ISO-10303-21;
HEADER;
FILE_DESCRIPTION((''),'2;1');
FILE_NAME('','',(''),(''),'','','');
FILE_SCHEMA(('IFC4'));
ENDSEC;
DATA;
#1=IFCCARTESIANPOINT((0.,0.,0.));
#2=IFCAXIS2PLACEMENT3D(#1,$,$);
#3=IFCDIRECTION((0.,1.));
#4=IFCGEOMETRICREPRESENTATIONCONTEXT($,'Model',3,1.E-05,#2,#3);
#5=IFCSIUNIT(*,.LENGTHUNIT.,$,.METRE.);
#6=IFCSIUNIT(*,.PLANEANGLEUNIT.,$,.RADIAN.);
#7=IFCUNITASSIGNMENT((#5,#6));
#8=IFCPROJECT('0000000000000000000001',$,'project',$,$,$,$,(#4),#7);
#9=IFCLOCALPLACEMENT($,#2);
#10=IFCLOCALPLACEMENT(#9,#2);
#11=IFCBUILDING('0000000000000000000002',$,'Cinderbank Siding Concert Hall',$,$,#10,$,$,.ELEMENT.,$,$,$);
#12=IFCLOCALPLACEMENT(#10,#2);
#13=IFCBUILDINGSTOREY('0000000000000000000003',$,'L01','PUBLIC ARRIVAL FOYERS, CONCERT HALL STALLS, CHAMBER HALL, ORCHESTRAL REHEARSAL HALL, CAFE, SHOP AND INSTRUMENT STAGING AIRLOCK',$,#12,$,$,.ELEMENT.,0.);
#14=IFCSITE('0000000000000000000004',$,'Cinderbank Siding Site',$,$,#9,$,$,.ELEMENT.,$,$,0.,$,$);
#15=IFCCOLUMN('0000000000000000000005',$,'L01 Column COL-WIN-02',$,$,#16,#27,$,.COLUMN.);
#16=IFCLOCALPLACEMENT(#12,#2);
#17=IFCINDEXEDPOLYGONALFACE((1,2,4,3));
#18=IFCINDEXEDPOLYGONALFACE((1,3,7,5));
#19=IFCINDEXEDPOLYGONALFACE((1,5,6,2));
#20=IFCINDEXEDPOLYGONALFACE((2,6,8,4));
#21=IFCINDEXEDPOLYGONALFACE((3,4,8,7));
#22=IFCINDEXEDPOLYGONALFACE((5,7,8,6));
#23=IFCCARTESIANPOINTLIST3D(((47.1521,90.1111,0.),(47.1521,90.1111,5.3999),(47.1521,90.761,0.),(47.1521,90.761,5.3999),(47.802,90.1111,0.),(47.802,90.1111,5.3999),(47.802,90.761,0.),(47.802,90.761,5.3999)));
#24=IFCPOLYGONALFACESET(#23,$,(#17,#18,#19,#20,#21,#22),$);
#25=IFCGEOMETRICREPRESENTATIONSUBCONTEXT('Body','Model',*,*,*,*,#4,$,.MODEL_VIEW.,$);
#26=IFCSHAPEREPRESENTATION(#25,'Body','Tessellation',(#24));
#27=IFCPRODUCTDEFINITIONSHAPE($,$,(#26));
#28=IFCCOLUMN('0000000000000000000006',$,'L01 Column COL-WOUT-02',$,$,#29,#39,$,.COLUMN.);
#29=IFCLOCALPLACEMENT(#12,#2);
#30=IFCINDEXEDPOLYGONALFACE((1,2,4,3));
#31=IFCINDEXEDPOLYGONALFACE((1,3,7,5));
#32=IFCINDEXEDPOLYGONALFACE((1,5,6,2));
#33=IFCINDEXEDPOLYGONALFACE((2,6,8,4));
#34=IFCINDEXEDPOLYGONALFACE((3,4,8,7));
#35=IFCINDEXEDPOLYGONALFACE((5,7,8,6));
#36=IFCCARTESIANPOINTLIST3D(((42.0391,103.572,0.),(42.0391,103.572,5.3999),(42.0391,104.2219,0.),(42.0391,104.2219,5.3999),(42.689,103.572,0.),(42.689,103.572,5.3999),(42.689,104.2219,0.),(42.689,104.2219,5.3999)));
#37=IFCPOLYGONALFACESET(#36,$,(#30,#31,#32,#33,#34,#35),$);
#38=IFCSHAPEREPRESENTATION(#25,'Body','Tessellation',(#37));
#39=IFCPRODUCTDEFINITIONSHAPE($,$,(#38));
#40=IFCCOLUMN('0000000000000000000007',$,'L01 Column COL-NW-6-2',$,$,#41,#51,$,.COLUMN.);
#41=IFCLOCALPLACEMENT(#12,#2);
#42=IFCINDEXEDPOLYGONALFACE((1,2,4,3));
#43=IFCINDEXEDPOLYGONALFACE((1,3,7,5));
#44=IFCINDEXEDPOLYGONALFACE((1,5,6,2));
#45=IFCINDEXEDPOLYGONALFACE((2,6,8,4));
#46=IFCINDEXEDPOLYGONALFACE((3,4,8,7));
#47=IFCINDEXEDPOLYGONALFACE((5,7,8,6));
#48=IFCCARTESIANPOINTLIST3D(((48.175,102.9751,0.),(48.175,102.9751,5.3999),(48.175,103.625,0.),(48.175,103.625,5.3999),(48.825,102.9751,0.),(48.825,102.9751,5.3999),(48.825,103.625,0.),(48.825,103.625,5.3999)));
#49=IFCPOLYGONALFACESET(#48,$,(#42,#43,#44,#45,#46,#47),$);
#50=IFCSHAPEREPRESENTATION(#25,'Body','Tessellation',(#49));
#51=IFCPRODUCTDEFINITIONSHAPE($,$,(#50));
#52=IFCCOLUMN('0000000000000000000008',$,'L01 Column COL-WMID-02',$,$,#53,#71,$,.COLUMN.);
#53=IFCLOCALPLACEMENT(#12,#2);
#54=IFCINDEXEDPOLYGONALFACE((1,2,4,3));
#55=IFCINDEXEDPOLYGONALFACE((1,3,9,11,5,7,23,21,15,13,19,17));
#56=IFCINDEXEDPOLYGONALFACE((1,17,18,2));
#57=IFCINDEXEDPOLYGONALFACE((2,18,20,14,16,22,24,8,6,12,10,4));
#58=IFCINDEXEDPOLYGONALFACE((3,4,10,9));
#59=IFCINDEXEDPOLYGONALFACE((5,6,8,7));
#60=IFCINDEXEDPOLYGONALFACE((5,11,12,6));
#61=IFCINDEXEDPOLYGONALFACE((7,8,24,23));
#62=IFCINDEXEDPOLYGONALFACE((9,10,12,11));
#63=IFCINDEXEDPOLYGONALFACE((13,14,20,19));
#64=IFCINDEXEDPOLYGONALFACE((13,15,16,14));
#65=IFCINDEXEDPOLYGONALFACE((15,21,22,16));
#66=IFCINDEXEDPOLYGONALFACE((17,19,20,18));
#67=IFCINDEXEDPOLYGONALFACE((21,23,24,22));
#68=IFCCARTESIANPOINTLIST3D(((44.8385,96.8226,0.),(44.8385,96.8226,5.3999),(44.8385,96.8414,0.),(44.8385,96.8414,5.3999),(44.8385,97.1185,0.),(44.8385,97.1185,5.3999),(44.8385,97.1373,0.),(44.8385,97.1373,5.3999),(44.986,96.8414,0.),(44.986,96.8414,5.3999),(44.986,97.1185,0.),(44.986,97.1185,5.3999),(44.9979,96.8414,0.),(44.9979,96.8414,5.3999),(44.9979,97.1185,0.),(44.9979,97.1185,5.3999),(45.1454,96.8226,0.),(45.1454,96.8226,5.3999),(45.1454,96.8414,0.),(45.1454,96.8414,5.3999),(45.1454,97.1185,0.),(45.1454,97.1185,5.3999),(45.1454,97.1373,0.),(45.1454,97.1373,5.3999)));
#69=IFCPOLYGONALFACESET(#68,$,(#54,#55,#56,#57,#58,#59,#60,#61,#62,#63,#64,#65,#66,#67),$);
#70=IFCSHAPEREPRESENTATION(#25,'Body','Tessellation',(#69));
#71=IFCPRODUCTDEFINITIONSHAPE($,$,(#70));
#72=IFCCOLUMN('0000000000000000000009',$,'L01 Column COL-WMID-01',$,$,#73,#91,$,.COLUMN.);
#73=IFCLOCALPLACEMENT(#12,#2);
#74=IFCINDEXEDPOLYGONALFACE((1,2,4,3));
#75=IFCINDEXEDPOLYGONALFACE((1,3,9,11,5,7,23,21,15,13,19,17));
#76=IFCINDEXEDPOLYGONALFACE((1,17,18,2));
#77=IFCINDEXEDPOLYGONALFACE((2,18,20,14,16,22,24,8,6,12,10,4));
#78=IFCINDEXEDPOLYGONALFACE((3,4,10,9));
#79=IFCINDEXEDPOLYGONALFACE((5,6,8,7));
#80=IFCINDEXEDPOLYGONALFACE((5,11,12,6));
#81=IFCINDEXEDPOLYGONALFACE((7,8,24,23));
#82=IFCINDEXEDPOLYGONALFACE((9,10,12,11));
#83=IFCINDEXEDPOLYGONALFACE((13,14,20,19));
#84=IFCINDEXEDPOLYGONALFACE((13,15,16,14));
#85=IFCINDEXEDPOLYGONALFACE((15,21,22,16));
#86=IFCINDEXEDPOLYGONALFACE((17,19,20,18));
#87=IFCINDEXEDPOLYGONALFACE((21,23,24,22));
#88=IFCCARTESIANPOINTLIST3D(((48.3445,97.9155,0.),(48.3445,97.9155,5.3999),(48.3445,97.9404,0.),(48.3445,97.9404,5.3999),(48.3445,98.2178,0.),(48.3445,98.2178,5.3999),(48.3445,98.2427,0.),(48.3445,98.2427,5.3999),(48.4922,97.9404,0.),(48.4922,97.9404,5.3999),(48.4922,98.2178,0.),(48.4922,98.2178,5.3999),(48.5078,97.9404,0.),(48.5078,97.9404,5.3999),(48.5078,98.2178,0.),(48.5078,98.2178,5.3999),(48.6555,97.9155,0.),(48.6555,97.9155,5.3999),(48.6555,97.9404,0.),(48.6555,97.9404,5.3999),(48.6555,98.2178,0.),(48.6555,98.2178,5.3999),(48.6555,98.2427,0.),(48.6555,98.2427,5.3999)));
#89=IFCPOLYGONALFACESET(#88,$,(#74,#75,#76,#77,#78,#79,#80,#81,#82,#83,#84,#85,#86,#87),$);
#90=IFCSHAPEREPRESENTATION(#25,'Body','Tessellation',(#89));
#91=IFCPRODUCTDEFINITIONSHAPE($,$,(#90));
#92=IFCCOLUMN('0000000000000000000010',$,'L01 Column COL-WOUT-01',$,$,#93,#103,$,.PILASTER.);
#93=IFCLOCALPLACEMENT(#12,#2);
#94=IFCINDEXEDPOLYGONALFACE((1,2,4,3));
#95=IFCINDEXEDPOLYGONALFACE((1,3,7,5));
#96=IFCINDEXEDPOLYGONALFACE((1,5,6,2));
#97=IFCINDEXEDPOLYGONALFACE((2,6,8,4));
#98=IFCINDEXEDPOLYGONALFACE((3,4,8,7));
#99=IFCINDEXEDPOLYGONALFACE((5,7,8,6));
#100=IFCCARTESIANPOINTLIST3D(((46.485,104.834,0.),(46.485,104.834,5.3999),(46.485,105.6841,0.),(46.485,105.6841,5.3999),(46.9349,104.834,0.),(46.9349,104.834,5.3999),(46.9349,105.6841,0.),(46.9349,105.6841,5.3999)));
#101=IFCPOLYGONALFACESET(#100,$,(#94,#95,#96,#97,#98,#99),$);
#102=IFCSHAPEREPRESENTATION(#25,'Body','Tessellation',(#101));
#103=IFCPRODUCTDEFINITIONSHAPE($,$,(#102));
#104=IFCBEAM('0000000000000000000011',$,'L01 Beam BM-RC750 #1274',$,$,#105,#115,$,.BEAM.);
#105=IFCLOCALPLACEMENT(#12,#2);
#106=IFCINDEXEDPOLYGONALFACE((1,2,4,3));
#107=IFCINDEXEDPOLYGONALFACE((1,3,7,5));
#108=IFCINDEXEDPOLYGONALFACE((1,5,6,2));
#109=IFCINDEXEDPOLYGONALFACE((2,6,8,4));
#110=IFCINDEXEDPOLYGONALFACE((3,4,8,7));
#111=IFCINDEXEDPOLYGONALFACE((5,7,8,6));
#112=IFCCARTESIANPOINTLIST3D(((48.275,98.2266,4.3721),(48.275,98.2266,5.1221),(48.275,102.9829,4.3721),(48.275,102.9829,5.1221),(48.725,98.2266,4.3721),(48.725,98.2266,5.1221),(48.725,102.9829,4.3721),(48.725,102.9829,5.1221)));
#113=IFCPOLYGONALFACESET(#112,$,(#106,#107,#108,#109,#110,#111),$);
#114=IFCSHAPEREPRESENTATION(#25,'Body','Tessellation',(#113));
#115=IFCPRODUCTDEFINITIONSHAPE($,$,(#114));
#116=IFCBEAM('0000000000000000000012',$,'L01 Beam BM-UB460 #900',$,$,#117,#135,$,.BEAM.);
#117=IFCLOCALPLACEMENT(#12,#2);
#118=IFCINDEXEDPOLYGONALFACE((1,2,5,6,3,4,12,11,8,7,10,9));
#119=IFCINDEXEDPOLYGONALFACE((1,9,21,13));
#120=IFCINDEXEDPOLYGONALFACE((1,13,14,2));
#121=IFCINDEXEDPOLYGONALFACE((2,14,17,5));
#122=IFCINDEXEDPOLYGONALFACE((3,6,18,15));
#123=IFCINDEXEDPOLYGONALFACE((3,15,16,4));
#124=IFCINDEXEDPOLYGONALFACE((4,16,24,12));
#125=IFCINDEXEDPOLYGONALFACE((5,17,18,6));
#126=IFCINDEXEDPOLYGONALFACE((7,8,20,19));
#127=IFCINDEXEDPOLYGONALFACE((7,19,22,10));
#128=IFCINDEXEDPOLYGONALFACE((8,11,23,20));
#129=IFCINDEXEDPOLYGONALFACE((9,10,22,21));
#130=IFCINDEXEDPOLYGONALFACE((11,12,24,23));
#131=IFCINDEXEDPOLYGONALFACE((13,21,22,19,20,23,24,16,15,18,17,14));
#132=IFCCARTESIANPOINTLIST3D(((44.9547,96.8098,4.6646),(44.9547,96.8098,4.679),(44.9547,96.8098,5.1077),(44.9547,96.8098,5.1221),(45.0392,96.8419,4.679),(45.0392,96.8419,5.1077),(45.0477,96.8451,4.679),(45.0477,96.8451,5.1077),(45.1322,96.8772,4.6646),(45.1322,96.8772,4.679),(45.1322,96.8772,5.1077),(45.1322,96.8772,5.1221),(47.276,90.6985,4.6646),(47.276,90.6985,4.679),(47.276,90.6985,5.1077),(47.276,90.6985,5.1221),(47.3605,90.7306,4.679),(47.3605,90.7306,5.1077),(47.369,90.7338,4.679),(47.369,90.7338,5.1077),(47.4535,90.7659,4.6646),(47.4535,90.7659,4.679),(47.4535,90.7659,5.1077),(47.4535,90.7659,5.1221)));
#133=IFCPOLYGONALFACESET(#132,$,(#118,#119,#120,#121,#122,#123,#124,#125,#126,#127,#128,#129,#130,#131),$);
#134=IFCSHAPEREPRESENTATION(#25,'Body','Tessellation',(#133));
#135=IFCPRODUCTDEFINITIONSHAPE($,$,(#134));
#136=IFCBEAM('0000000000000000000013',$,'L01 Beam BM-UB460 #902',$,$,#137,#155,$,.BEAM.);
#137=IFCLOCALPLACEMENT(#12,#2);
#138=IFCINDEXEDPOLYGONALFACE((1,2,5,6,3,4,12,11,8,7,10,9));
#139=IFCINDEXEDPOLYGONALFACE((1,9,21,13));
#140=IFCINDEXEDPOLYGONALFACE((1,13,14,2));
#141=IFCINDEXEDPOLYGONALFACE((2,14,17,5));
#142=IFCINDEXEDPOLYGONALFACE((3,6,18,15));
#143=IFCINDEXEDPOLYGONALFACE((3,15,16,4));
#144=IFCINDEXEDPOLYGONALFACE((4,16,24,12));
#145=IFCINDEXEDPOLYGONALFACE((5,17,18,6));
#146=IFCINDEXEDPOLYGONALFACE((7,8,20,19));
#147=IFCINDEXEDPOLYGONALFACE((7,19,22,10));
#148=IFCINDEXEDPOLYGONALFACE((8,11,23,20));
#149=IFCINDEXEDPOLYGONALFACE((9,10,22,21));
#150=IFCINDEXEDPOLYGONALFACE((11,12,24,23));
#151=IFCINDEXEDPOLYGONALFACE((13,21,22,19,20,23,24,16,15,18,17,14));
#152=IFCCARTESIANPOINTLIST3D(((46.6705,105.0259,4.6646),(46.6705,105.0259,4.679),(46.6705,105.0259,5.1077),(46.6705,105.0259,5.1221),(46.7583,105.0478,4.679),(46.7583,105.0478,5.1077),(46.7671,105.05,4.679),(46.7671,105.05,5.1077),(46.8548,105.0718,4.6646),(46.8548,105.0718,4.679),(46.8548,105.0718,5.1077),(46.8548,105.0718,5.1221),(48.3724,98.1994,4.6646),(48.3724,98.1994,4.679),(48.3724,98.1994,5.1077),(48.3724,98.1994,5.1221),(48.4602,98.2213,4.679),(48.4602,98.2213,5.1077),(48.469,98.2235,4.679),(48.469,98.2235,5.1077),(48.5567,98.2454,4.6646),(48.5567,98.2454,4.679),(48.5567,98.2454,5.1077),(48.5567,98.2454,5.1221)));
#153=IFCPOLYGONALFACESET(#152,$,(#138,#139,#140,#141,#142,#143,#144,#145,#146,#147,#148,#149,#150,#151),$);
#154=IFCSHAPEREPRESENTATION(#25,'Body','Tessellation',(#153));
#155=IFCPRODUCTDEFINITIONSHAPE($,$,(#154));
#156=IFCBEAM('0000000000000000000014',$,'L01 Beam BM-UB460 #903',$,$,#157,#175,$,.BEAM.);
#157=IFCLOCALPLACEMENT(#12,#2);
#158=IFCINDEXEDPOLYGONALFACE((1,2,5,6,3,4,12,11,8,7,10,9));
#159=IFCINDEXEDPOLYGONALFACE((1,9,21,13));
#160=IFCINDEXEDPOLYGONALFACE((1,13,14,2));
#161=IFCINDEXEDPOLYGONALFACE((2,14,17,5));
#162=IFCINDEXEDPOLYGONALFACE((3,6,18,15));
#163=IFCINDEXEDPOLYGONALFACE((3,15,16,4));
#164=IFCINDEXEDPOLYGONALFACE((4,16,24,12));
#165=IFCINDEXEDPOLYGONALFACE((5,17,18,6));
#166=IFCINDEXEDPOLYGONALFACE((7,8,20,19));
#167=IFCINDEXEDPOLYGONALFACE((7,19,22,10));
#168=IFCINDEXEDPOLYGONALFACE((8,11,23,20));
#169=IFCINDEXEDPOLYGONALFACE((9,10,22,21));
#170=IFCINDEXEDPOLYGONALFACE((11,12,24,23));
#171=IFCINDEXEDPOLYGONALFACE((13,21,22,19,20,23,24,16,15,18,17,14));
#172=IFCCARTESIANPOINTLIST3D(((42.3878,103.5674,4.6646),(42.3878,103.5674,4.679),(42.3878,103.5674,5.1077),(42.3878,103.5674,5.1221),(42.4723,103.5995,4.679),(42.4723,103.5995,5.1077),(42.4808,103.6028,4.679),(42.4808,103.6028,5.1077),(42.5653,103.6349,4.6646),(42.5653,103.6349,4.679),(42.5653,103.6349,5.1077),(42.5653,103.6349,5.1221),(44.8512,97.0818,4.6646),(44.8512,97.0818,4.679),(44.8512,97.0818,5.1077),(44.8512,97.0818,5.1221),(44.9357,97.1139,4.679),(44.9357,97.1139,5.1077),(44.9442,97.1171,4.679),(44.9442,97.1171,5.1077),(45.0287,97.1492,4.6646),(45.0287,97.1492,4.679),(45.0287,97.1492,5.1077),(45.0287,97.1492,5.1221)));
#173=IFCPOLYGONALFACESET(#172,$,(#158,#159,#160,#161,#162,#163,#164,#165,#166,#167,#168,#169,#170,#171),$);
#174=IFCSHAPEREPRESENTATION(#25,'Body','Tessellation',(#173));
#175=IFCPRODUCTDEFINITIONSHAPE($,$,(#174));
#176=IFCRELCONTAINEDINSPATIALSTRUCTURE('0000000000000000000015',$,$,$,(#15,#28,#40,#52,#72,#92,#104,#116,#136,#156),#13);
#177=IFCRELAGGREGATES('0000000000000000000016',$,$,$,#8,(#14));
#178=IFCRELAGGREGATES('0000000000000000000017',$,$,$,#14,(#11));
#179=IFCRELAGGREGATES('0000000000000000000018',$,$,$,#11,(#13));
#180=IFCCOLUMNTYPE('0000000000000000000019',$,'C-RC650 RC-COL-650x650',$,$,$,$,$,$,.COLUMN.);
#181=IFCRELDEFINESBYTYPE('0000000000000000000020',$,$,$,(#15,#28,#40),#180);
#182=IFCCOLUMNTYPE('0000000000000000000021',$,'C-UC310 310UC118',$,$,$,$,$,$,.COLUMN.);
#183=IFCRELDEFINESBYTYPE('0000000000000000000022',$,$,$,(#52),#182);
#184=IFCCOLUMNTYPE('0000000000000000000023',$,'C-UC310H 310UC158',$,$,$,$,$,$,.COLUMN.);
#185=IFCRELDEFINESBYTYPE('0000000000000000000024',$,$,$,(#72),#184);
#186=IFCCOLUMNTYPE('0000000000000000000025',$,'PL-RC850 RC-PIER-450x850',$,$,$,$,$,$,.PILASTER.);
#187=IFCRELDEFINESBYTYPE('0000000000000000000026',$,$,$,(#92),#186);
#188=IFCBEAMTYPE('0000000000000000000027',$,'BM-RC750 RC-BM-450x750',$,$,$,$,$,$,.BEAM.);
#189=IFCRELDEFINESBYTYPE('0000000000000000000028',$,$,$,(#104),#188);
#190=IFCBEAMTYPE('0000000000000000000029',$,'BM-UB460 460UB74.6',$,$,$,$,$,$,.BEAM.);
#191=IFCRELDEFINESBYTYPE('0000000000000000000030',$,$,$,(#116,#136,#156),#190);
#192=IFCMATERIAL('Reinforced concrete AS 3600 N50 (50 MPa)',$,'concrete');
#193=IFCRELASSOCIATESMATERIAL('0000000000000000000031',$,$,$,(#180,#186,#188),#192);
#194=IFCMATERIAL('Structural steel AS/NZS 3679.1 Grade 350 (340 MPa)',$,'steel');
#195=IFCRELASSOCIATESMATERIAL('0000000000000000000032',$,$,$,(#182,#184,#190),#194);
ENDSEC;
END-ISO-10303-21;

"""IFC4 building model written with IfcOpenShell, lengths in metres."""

from ifc_helpers import new_model, si_unit, direction, frame, origin, origin_2d, place, context, subcontext, project, spatial, rectangle, i_section, extrude, material, material_profile, profile_set, type_object, element, save


model = new_model("IFC4")

# Units and contexts
model_context = context("Model", 3, precision=1e-05, world=origin(), true_north=direction((0.0, 1.0)))
body_context = subcontext(model_context, "Body", "Model", "MODEL_VIEW")
ifc_project = project(units=[si_unit("LENGTHUNIT", "METRE"), si_unit("PLANEANGLEUNIT", "RADIAN")], contexts=[model_context])

# Site, building, storey
site_placement = place(None, origin())
site = spatial("IfcSite", under=ifc_project, at=site_placement, Name="Cinderbank Siding Site", CompositionType="ELEMENT", RefElevation=0.0)
building_placement = place(site_placement, origin())
building = spatial("IfcBuilding", under=site, at=building_placement, Name="Cinderbank Siding Concert Hall", CompositionType="ELEMENT")
storey_placement = place(building_placement, origin())
storey = spatial("IfcBuildingStorey", under=building, at=storey_placement, Name="L01", Description="PUBLIC ARRIVAL FOYERS, CONCERT HALL STALLS, CHAMBER HALL, ORCHESTRAL REHEARSAL HALL, CAFE, SHOP AND INSTRUMENT STAGING AIRLOCK", CompositionType="ELEMENT", Elevation=0.0)

# Columns
ifc_material_1 = material(Name="Reinforced concrete AS 3600 N50 (50 MPa)", Category="concrete")
ifc_material_profile_1 = material_profile(ifc_material_1, rectangle(XDim=0.6499, YDim=0.6499, at=origin_2d()), Name="RC-COL-650x650", Category="LoadBearing")
ifc_profile_set_1 = profile_set([ifc_material_profile_1], Name="Reinforced concrete AS 3600 N50 (50 MPa)")
column_type_1 = type_object("IfcColumnType", Name="C-RC650 RC-COL-650x650", PredefinedType="COLUMN", material=ifc_profile_set_1)
for number, where, z_axis, x_axis, name in (
    (1, (47.4771, 90.436, 0.0), (0.0, 0.0, 1.0), (1.0, 0.0, 0.0), "L01 Column COL-WIN-02"),
    (2, (42.364, 103.897, 0.0), (0.0, 0.0, 1.0), (1.0, 0.0, 0.0), "L01 Column COL-WOUT-02"),
    (3, (48.5, 103.3, 0.0), (0.0, 0.0, 1.0), (1.0, 0.0, 0.0), "L01 Column COL-NW-6-2"),
):
    element("IfcColumn", number, at=place(storey_placement, frame(where, z_axis=z_axis, x_axis=x_axis)), inside=storey, type_object=column_type_1, Name=name, PredefinedType="COLUMN", context=body_context, shape_type="SweptSolid", body=[
        extrude(rectangle(XDim=0.6499, YDim=0.6499, at=origin_2d()), origin(), (0.0, 0.0, 1.0), 5.3999),
    ])
ifc_material_2 = material(Name="Structural steel AS/NZS 3679.1 Grade 350 (340 MPa)", Category="steel")
ifc_material_profile_2 = material_profile(ifc_material_2, i_section(OverallWidth=0.3069, OverallDepth=0.3147, WebThickness=0.012, FlangeThickness=0.0188, at=origin_2d()), Name="310UC118", Category="LoadBearing")
ifc_profile_set_2 = profile_set([ifc_material_profile_2], Name="Structural steel AS/NZS 3679.1 Grade 350 (340 MPa)")
column_type_2 = type_object("IfcColumnType", Name="C-UC310 310UC118", PredefinedType="COLUMN", material=ifc_profile_set_2)
column_1_placement = place(storey_placement, frame((44.9919, 96.98, 0.0), z_axis=(0.0, 0.0, 1.0), x_axis=(1.0, 0.0, 0.0)))
element("IfcColumn", 4, at=column_1_placement, inside=storey, type_object=column_type_2, Name="L01 Column COL-WMID-02", PredefinedType="COLUMN", context=body_context, shape_type="SweptSolid", body=[
    extrude(i_section(OverallWidth=0.3069, OverallDepth=0.3147, WebThickness=0.012, FlangeThickness=0.0188, at=origin_2d()), origin(), (0.0, 0.0, 1.0), 5.3999),
])
ifc_material_profile_3 = material_profile(ifc_material_2, i_section(OverallWidth=0.311, OverallDepth=0.3271, WebThickness=0.0156, FlangeThickness=0.0249, at=origin_2d()), Name="310UC158", Category="LoadBearing")
ifc_profile_set_3 = profile_set([ifc_material_profile_3], Name="Structural steel AS/NZS 3679.1 Grade 350 (340 MPa)")
column_type_3 = type_object("IfcColumnType", Name="C-UC310H 310UC158", PredefinedType="COLUMN", material=ifc_profile_set_3)
column_2_placement = place(storey_placement, frame((48.5, 98.0791, 0.0), z_axis=(0.0, 0.0, 1.0), x_axis=(1.0, 0.0, 0.0)))
element("IfcColumn", 5, at=column_2_placement, inside=storey, type_object=column_type_3, Name="L01 Column COL-WMID-01", PredefinedType="COLUMN", context=body_context, shape_type="SweptSolid", body=[
    extrude(i_section(OverallWidth=0.311, OverallDepth=0.3271, WebThickness=0.0156, FlangeThickness=0.0249, at=origin_2d()), origin(), (0.0, 0.0, 1.0), 5.3999),
])
ifc_material_profile_4 = material_profile(ifc_material_1, rectangle(XDim=0.45, YDim=0.8501, at=origin_2d()), Name="RC-PIER-450x850", Category="LoadBearing")
ifc_profile_set_4 = profile_set([ifc_material_profile_4], Name="Reinforced concrete AS 3600 N50 (50 MPa)")
column_type_4 = type_object("IfcColumnType", Name="PL-RC850 RC-PIER-450x850", PredefinedType="PILASTER", material=ifc_profile_set_4)
column_3_placement = place(storey_placement, frame((46.71, 105.259, 0.0), z_axis=(0.0, 0.0, 1.0), x_axis=(1.0, 0.0, 0.0)))
element("IfcColumn", 6, at=column_3_placement, inside=storey, type_object=column_type_4, Name="L01 Column COL-WOUT-01", PredefinedType="PILASTER", context=body_context, shape_type="SweptSolid", body=[
    extrude(rectangle(XDim=0.45, YDim=0.8501, at=origin_2d()), origin(), (0.0, 0.0, 1.0), 5.3999),
])

# Beams
ifc_material_profile_5 = material_profile(ifc_material_1, rectangle(XDim=0.45, YDim=0.75, at=origin_2d()), Name="RC-BM-450x750", Category="LoadBearing")
ifc_profile_set_5 = profile_set([ifc_material_profile_5], Name="Reinforced concrete AS 3600 N50 (50 MPa)")
beam_type_1 = type_object("IfcBeamType", Name="BM-RC750 RC-BM-450x750", PredefinedType="BEAM", material=ifc_profile_set_5)
beam_1_placement = place(storey_placement, frame((48.5, 98.2266, 4.7471), z_axis=(0.0, 1.0, 0.0), x_axis=(-1.0, 0.0, 0.0)))
element("IfcBeam", 7, at=beam_1_placement, inside=storey, type_object=beam_type_1, Name="L01 Beam BM-RC750 #1274", PredefinedType="BEAM", context=body_context, shape_type="SweptSolid", body=[
    extrude(rectangle(XDim=0.45, YDim=0.75, at=origin_2d()), origin(), (0.0, 0.0, 1.0), 4.7563),
])
ifc_material_profile_6 = material_profile(ifc_material_2, i_section(OverallWidth=0.1899, OverallDepth=0.4575, WebThickness=0.009, FlangeThickness=0.0144, at=origin_2d()), Name="460UB74.6", Category="LoadBearing")
ifc_profile_set_6 = profile_set([ifc_material_profile_6], Name="Structural steel AS/NZS 3679.1 Grade 350 (340 MPa)")
beam_type_2 = type_object("IfcBeamType", Name="BM-UB460 460UB74.6", PredefinedType="BEAM", material=ifc_profile_set_6)
beam_2_placement = place(storey_placement, frame((47.3647, 90.7322, 4.8933), z_axis=(-0.355082, 0.934835, 0.0), x_axis=(-0.934835, -0.355082, 0.0)))
element("IfcBeam", 8, at=beam_2_placement, inside=storey, type_object=beam_type_2, Name="L01 Beam BM-UB460 #900", PredefinedType="BEAM", context=body_context, shape_type="SweptSolid", body=[
    extrude(i_section(OverallWidth=0.1899, OverallDepth=0.4575, WebThickness=0.009, FlangeThickness=0.0144, at=origin_2d()), origin(), (0.0, 0.0, 1.0), 6.5374),
])
beam_3_placement = place(storey_placement, frame((48.4646, 98.2224, 4.8933), z_axis=(-0.241907, 0.970299, 0.0), x_axis=(-0.970299, -0.241907, 0.0)))
element("IfcBeam", 9, at=beam_3_placement, inside=storey, type_object=beam_type_2, Name="L01 Beam BM-UB460 #902", PredefinedType="BEAM", context=body_context, shape_type="SweptSolid", body=[
    extrude(i_section(OverallWidth=0.1899, OverallDepth=0.4575, WebThickness=0.009, FlangeThickness=0.0144, at=origin_2d()), origin(), (0.0, 0.0, 1.0), 7.0354),
])
beam_4_placement = place(storey_placement, frame((44.9399, 97.1155, 4.8933), z_axis=(-0.355073, 0.934838, 0.0), x_axis=(-0.934838, -0.355073, 0.0)))
element("IfcBeam", 10, at=beam_4_placement, inside=storey, type_object=beam_type_2, Name="L01 Beam BM-UB460 #903", PredefinedType="BEAM", context=body_context, shape_type="SweptSolid", body=[
    extrude(i_section(OverallWidth=0.1899, OverallDepth=0.4575, WebThickness=0.009, FlangeThickness=0.0144, at=origin_2d()), origin(), (0.0, 0.0, 1.0), 6.9377),
])

save(model, "model.ifc")
